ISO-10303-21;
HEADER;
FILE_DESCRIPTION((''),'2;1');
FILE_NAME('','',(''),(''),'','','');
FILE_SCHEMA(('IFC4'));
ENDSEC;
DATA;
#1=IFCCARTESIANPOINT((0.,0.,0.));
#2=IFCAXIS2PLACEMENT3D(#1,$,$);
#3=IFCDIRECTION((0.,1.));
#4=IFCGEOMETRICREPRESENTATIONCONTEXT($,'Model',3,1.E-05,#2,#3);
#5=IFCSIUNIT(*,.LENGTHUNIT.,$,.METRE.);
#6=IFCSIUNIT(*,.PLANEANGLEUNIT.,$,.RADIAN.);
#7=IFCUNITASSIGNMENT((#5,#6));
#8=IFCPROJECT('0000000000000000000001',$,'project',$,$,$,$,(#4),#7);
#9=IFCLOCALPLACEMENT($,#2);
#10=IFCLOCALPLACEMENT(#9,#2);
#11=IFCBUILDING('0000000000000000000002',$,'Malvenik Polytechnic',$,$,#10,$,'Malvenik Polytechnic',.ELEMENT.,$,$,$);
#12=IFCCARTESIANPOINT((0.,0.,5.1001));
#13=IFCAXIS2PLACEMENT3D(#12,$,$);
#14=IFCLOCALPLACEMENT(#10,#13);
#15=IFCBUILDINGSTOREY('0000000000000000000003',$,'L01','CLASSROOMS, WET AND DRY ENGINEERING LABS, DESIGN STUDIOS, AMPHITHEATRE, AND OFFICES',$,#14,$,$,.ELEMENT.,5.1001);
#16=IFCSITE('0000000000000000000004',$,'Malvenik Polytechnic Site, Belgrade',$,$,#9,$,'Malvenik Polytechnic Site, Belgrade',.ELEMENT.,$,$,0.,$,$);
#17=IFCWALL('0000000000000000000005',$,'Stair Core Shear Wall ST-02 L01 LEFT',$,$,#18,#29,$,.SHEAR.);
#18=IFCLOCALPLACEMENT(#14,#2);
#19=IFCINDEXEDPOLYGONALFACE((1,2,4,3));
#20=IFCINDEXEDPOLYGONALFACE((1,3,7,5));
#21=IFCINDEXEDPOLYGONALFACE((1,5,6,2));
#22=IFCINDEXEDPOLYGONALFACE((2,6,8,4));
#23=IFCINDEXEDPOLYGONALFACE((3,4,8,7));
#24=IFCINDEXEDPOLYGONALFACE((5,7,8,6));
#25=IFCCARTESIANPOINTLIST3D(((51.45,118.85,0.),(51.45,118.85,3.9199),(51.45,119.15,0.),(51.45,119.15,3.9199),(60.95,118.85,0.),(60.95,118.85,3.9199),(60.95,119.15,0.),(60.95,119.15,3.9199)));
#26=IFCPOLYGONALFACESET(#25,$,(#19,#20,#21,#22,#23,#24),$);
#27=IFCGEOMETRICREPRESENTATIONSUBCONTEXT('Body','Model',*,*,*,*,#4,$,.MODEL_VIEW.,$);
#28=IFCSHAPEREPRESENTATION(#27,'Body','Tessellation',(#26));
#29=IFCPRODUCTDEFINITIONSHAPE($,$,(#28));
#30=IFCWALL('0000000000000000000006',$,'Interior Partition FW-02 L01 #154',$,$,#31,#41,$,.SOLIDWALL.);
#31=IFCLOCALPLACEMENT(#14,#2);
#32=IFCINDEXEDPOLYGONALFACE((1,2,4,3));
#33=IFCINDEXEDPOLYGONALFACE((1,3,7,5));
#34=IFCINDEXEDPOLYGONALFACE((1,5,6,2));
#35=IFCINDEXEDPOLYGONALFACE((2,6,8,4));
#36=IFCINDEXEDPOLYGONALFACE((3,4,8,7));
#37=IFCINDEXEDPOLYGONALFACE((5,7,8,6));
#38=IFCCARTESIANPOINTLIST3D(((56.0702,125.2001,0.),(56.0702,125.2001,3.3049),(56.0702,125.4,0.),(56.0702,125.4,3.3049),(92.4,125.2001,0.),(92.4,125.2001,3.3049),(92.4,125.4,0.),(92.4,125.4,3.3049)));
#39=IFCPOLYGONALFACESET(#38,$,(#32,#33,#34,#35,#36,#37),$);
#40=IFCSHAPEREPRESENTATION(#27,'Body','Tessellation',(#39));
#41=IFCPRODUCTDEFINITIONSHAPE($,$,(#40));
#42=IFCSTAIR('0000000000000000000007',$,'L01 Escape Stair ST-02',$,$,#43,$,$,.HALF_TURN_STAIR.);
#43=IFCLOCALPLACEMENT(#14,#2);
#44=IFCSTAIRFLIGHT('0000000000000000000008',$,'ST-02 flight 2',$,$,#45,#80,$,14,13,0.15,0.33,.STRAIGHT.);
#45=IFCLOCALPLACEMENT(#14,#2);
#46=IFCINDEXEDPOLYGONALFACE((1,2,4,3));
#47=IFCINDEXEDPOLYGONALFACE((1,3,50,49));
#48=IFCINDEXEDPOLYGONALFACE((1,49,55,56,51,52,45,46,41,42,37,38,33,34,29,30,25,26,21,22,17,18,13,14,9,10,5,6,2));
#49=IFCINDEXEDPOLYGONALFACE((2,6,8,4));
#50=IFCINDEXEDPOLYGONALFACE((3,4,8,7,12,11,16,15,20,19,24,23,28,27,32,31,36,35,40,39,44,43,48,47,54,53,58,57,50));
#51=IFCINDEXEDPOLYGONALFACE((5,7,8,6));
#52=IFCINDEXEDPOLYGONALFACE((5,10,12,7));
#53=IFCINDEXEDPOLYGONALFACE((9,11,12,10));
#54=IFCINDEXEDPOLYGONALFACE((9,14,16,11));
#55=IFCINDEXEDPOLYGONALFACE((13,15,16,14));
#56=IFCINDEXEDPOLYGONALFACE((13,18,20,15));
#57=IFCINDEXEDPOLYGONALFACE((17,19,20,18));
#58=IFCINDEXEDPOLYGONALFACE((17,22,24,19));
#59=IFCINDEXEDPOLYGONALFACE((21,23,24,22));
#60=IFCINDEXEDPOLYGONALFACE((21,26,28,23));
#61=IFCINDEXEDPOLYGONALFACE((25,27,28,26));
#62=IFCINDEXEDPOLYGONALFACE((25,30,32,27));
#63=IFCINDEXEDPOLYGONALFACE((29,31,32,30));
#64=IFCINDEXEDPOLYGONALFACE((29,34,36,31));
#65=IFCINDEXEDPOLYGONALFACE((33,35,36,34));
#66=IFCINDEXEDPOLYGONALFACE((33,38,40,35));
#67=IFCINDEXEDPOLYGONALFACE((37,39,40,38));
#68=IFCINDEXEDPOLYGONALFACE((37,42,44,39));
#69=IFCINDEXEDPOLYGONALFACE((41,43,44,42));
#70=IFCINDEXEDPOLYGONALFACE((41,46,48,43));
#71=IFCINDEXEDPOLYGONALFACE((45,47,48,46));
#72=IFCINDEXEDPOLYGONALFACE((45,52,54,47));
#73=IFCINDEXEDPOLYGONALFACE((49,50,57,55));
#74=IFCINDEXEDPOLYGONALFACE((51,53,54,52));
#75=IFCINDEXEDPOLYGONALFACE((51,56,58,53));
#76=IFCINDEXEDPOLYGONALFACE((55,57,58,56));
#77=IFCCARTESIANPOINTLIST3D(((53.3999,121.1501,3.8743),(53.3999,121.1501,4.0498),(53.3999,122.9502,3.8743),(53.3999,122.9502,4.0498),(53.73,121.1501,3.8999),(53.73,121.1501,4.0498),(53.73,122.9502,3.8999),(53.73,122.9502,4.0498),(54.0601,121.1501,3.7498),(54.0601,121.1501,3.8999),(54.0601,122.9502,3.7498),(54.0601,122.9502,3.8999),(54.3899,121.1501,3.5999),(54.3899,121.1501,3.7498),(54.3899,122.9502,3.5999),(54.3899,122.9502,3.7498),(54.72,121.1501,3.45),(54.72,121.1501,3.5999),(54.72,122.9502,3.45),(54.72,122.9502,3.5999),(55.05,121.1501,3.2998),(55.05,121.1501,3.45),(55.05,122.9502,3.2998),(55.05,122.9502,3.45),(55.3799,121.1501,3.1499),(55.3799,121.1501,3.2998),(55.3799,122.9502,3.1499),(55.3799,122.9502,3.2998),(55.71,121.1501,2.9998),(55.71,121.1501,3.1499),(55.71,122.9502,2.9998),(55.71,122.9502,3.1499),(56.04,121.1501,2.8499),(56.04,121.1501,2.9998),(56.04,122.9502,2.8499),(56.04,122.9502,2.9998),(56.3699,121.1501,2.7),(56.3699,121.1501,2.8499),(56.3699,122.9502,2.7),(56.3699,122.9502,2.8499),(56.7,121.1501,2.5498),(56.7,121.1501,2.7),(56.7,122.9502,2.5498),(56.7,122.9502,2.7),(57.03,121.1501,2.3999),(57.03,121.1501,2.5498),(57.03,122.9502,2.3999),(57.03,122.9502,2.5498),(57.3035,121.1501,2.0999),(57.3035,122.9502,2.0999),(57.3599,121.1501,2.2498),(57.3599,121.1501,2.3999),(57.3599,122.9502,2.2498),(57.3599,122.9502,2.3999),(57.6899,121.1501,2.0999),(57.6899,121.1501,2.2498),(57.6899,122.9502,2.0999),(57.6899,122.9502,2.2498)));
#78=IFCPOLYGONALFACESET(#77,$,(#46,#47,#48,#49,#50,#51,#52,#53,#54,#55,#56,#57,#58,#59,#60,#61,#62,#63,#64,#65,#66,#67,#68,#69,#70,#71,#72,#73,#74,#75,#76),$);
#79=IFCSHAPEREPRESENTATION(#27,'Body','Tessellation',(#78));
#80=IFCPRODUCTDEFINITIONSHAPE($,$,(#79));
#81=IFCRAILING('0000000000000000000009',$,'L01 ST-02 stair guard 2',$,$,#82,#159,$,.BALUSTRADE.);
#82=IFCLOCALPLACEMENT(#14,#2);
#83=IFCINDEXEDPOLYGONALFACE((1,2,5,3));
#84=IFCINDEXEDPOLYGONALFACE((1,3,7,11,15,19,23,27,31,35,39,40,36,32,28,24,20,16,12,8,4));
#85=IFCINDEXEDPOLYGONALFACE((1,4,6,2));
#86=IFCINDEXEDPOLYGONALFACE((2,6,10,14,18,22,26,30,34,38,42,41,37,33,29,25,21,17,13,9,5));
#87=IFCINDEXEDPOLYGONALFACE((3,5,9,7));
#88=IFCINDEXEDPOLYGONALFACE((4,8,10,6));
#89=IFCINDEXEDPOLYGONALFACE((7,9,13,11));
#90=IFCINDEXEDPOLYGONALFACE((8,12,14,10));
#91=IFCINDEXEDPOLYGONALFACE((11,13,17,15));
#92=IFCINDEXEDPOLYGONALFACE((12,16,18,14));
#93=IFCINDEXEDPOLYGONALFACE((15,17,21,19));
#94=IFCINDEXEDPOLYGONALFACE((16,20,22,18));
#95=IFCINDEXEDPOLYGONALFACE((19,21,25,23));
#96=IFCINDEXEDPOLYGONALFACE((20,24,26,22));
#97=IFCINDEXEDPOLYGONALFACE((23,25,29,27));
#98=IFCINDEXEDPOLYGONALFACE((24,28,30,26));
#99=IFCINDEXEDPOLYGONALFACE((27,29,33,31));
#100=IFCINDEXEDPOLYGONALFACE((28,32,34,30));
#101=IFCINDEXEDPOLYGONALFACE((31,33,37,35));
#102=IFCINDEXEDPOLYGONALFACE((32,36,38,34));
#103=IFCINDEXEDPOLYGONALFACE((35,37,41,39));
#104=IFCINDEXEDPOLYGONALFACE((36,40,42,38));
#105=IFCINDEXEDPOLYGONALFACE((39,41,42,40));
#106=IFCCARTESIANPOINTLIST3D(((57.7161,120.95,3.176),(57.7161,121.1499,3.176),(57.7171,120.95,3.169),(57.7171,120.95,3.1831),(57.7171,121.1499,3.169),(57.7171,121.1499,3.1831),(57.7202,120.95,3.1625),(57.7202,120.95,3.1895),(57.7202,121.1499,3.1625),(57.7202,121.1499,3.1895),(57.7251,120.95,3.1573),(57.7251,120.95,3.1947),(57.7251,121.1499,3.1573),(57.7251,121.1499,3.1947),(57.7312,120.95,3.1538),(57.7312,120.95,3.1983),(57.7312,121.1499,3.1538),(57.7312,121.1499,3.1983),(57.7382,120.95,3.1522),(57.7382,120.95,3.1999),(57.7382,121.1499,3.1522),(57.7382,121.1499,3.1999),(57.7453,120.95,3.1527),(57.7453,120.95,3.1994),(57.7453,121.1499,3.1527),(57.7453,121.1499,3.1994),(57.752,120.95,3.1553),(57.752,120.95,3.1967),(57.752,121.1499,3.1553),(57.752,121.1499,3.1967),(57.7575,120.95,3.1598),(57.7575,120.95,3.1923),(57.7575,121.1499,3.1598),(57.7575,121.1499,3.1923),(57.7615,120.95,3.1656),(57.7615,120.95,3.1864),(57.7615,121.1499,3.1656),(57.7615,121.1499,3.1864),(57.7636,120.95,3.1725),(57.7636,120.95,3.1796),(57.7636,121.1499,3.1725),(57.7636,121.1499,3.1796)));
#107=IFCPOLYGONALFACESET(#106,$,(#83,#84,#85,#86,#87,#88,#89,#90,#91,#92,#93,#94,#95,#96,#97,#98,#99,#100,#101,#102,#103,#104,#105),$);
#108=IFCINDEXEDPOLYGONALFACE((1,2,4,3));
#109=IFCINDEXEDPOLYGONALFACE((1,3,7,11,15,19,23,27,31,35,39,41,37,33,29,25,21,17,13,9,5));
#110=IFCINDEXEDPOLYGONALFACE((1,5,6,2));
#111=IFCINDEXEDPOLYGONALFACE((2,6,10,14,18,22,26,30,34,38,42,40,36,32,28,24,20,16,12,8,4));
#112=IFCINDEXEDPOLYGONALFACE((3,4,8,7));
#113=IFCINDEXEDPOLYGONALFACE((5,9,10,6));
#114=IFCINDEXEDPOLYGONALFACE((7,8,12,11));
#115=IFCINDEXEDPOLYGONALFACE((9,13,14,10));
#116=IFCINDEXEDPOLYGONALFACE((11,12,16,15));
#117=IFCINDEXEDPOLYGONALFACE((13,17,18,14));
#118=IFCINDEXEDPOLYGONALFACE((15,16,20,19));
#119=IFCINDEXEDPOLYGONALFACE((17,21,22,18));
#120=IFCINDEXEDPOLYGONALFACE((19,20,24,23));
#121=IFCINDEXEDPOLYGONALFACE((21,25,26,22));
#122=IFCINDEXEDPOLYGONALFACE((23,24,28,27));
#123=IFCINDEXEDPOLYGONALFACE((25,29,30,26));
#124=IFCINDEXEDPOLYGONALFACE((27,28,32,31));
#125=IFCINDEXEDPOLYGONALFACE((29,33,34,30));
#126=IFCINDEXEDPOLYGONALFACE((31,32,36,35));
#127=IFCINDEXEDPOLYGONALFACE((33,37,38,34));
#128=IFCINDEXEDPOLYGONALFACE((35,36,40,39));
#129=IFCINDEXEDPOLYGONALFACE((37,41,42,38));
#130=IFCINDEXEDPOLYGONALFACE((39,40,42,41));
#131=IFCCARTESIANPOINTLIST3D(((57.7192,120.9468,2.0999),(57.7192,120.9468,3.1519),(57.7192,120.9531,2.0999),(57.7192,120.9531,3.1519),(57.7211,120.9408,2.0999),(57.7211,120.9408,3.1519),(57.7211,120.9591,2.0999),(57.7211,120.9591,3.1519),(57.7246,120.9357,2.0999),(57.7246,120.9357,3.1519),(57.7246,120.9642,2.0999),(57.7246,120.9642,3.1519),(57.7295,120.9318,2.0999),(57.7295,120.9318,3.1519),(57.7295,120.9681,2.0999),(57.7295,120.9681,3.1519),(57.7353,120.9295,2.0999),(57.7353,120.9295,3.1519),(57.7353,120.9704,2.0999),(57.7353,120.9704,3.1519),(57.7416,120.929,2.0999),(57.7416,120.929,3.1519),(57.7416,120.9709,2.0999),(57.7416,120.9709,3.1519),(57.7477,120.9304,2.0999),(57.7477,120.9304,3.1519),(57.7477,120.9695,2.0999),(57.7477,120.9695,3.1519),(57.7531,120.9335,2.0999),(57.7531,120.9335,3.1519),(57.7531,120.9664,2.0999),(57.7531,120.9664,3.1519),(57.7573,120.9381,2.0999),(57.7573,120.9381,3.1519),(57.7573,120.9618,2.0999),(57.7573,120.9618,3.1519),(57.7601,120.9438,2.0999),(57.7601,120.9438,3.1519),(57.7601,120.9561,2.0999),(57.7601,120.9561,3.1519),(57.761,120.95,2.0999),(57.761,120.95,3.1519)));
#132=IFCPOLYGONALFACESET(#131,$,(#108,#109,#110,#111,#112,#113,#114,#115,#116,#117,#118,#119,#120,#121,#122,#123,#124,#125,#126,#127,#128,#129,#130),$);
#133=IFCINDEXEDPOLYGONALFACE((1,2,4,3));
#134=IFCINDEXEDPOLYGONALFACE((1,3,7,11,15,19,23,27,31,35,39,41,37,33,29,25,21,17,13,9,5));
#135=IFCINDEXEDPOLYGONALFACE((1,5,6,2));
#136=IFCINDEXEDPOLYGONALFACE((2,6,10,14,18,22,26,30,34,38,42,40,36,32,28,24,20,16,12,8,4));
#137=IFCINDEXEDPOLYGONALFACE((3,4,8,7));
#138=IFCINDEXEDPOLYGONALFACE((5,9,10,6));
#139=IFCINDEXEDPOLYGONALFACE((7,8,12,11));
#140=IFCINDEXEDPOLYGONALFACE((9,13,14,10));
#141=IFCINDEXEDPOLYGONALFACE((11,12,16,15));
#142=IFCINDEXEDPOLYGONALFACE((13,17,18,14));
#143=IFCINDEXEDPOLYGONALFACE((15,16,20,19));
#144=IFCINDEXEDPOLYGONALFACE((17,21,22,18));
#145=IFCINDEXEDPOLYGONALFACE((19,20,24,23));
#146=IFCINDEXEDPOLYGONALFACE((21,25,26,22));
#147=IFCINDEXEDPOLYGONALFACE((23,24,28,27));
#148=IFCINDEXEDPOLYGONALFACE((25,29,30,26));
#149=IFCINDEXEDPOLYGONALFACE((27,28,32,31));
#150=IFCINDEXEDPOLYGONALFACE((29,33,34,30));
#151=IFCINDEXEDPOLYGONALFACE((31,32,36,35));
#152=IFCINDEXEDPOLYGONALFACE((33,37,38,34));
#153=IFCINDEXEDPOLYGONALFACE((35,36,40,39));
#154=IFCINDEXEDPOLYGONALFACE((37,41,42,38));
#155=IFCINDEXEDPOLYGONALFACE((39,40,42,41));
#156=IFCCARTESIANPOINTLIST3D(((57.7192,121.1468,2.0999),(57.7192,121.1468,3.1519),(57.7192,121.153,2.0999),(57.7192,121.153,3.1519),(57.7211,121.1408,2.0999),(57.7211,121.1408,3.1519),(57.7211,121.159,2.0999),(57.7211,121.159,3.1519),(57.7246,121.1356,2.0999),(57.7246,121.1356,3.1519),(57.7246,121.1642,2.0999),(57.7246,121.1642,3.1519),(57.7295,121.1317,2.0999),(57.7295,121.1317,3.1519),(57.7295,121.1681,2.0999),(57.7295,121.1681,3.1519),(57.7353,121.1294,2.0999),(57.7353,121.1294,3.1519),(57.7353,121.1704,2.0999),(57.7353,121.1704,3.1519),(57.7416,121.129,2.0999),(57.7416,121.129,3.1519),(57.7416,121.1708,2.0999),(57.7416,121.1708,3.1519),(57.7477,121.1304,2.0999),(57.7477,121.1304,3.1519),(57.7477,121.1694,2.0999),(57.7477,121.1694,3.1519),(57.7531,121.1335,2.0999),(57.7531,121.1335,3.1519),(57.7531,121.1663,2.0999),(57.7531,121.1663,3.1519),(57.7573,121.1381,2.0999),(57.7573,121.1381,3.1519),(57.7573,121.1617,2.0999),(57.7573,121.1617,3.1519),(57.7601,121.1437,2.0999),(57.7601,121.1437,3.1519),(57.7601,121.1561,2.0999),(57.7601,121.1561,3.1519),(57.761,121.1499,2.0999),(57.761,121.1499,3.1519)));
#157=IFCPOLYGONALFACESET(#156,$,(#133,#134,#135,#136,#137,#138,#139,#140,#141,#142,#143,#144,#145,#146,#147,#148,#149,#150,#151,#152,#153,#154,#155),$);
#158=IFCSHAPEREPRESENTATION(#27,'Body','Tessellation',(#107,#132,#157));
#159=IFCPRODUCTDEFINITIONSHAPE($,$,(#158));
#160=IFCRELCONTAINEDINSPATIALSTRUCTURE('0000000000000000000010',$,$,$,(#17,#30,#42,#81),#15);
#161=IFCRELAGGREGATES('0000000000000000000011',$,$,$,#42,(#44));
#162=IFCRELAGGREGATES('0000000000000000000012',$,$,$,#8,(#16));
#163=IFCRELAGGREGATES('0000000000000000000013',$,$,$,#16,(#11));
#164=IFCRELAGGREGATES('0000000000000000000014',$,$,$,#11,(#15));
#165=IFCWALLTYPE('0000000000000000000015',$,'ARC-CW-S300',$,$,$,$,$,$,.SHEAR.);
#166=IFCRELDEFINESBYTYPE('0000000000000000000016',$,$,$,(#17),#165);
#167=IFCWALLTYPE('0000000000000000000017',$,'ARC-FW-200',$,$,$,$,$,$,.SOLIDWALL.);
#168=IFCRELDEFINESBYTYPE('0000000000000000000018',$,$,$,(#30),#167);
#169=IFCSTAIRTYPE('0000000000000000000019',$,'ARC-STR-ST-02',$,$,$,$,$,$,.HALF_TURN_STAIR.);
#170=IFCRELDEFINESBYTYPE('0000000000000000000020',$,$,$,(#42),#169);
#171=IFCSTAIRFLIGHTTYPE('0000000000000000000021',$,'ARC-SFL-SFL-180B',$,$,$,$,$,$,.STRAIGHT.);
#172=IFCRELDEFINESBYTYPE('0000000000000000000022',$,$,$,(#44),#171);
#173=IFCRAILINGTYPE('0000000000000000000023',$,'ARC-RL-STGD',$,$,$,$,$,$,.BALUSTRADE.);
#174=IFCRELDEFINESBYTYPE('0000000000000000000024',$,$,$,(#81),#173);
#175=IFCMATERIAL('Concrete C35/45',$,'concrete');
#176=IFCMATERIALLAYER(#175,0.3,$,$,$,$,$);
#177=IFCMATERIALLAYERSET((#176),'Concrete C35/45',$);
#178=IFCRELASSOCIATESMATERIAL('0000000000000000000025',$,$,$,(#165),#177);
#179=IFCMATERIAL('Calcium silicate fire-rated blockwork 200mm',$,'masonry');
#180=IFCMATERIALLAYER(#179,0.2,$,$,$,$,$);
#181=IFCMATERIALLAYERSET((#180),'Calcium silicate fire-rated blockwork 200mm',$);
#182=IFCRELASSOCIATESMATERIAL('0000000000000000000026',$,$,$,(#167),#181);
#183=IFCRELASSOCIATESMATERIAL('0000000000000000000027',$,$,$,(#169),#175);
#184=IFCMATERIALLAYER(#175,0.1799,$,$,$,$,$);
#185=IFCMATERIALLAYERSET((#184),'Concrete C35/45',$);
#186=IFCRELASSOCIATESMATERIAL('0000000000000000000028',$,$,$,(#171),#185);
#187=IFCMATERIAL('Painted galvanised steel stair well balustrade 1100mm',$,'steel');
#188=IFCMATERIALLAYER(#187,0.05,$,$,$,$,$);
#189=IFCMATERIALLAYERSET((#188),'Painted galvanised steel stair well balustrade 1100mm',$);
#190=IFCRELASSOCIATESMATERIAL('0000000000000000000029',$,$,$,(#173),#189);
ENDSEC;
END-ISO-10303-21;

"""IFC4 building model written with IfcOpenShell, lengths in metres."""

from ifc_helpers import new_model, si_unit, direction, frame, frame_2d, origin, origin_2d, place, context, subcontext, project, spatial, polyline, rectangle, circle, outline, extrude, material, layer, layer_set, type_object, element, aggregate, save


model = new_model("IFC4")

# Units and contexts
model_context = context("Model", 3, precision=1e-05, world=origin(), true_north=direction((0.0, 1.0)))
body_context = subcontext(model_context, "Body", "Model", "MODEL_VIEW")
ifc_project = project(units=[si_unit("LENGTHUNIT", "METRE"), si_unit("PLANEANGLEUNIT", "RADIAN")], contexts=[model_context])

# Site, building, storey
site_placement = place(None, origin())
site = spatial("IfcSite", under=ifc_project, at=site_placement, Name="Malvenik Polytechnic Site, Belgrade", LongName="Malvenik Polytechnic Site, Belgrade", CompositionType="ELEMENT", RefElevation=0.0)
building_placement = place(site_placement, origin())
building = spatial("IfcBuilding", under=site, at=building_placement, Name="Malvenik Polytechnic", LongName="Malvenik Polytechnic", CompositionType="ELEMENT")
storey_placement = place(building_placement, frame((0.0, 0.0, 5.1001)))
storey = spatial("IfcBuildingStorey", under=building, at=storey_placement, Name="L01", Description="CLASSROOMS, WET AND DRY ENGINEERING LABS, DESIGN STUDIOS, AMPHITHEATRE, AND OFFICES", CompositionType="ELEMENT", Elevation=5.1001)

# Shared definitions
ifc_material_1 = material(Name="Concrete C35/45", Category="concrete")

# Walls
ifc_layer_1 = layer(ifc_material_1, 0.3)
ifc_layer_set_1 = layer_set([ifc_layer_1], Name="Concrete C35/45")
wall_type_1 = type_object("IfcWallType", Name="ARC-CW-S300", PredefinedType="SHEAR", material=ifc_layer_set_1)
wall_1_placement = place(storey_placement, frame((60.95, 119.0, 0.0), z_axis=(0.0, 0.0, 1.0), x_axis=(-1.0, 0.0, 0.0)))
element("IfcWall", 1, at=wall_1_placement, inside=storey, type_object=wall_type_1, Name="Stair Core Shear Wall ST-02 L01 LEFT", PredefinedType="SHEAR", context=body_context, shape_type="SweptSolid", body=[
    extrude(rectangle(XDim=9.5, YDim=0.3, at=frame_2d((4.75, 0.0))), origin(), (0.0, 0.0, 1.0), 3.9199),
])
ifc_material_2 = material(Name="Calcium silicate fire-rated blockwork 200mm", Category="masonry")
ifc_layer_2 = layer(ifc_material_2, 0.2)
ifc_layer_set_2 = layer_set([ifc_layer_2], Name="Calcium silicate fire-rated blockwork 200mm")
wall_type_2 = type_object("IfcWallType", Name="ARC-FW-200", PredefinedType="SOLIDWALL", material=ifc_layer_set_2)
wall_2_placement = place(storey_placement, frame((56.0701, 125.3, 0.0), z_axis=(0.0, 0.0, 1.0), x_axis=(1.0, 0.0, 0.0)))
element("IfcWall", 2, at=wall_2_placement, inside=storey, type_object=wall_type_2, Name="Interior Partition FW-02 L01 #154", PredefinedType="SOLIDWALL", context=body_context, shape_type="SweptSolid", body=[
    extrude(rectangle(XDim=36.3298, YDim=0.2, at=frame_2d((18.165, 0.0))), origin(), (0.0, 0.0, 1.0), 3.3049),
])

# Stair, stair flight
stair_type = type_object("IfcStairType", Name="ARC-STR-ST-02", PredefinedType="HALF_TURN_STAIR", material=ifc_material_1)
stair_placement = place(storey_placement, origin())
stair = element("IfcStair", 3, at=stair_placement, inside=storey, type_object=stair_type, Name="L01 Escape Stair ST-02", PredefinedType="HALF_TURN_STAIR")
ifc_layer_3 = layer(ifc_material_1, 0.1799)
ifc_layer_set_3 = layer_set([ifc_layer_3], Name="Concrete C35/45")
stair_flight_type = type_object("IfcStairFlightType", Name="ARC-SFL-SFL-180B", PredefinedType="STRAIGHT", material=ifc_layer_set_3)
stair_flight_placement = place(storey_placement, frame((57.6899, 122.05, 2.0999), z_axis=(0.0, 0.0, 1.0), x_axis=(-1.0, 0.0, 0.0)))
stair_flight = element("IfcStairFlight", 4, at=stair_flight_placement, type_object=stair_flight_type, Name="ST-02 flight 2", NumberOfRisers=14, NumberOfTreads=13, PredefinedType="STRAIGHT", RiserHeight=0.15, TreadLength=0.33, context=body_context, shape_type="SweptSolid", body=[
    extrude(outline(polyline([(0.0, 0.0), (0.0, 0.1499), (0.3301, 0.1499), (0.3301, 0.3), (0.6599, 0.3), (0.6599, 0.45), (0.99, 0.45), (0.99, 0.6001), (1.3201, 0.6001), (1.3201, 0.75), (1.6499, 0.75), (1.6499, 0.8999), (1.98, 0.8999), (1.98, 1.05), (2.3101, 1.05), (2.3101, 1.2), (2.6399, 1.2), (2.6399, 1.3501), (2.97, 1.3501), (2.97, 1.5), (3.3, 1.5), (3.3, 1.6499), (3.6299, 1.6499), (3.6299, 1.8), (3.96, 1.8), (3.96, 1.95), (4.29, 1.95), (4.29, 2.1001), (4.29, 1.7744), (0.3865, 0.0), (0.0, 0.0)])), frame((0.0, 0.8999, 0.0), z_axis=(0.0, -1.0, 0.0), x_axis=(1.0, 0.0, 0.0)), (0.0, 0.0, 1.0), 1.8),
])
aggregate(stair, [stair_flight])

# Railing
ifc_material_3 = material(Name="Painted galvanised steel stair well balustrade 1100mm", Category="steel")
ifc_layer_4 = layer(ifc_material_3, 0.05)
ifc_layer_set_4 = layer_set([ifc_layer_4], Name="Painted galvanised steel stair well balustrade 1100mm")
railing_type_1 = type_object("IfcRailingType", Name="ARC-RL-STGD", PredefinedType="BALUSTRADE", material=ifc_layer_set_4)
railing_1_placement = place(storey_placement, frame((57.74, 120.95, 2.0999)))
element("IfcRailing", 5, at=railing_1_placement, inside=storey, type_object=railing_type_1, Name="L01 ST-02 stair guard 2", PredefinedType="BALUSTRADE", context=body_context, shape_type="SweptSolid", body=[
    extrude(circle(Radius=0.0239, at=origin_2d()), frame((0.0, 0.0, 1.0762), z_axis=(0.0, 1.0, 0.0), x_axis=(-1.0, 0.0, 0.0)), (0.0, 0.0, 1.0), 0.2),
    extrude(circle(Radius=0.021, at=origin_2d()), origin(), (0.0, 0.0, 1.0), 1.052),
    extrude(circle(Radius=0.021, at=origin_2d()), frame((0.0, 0.2, 0.0)), (0.0, 0.0, 1.0), 1.052),
])

save(model, "model.ifc")
